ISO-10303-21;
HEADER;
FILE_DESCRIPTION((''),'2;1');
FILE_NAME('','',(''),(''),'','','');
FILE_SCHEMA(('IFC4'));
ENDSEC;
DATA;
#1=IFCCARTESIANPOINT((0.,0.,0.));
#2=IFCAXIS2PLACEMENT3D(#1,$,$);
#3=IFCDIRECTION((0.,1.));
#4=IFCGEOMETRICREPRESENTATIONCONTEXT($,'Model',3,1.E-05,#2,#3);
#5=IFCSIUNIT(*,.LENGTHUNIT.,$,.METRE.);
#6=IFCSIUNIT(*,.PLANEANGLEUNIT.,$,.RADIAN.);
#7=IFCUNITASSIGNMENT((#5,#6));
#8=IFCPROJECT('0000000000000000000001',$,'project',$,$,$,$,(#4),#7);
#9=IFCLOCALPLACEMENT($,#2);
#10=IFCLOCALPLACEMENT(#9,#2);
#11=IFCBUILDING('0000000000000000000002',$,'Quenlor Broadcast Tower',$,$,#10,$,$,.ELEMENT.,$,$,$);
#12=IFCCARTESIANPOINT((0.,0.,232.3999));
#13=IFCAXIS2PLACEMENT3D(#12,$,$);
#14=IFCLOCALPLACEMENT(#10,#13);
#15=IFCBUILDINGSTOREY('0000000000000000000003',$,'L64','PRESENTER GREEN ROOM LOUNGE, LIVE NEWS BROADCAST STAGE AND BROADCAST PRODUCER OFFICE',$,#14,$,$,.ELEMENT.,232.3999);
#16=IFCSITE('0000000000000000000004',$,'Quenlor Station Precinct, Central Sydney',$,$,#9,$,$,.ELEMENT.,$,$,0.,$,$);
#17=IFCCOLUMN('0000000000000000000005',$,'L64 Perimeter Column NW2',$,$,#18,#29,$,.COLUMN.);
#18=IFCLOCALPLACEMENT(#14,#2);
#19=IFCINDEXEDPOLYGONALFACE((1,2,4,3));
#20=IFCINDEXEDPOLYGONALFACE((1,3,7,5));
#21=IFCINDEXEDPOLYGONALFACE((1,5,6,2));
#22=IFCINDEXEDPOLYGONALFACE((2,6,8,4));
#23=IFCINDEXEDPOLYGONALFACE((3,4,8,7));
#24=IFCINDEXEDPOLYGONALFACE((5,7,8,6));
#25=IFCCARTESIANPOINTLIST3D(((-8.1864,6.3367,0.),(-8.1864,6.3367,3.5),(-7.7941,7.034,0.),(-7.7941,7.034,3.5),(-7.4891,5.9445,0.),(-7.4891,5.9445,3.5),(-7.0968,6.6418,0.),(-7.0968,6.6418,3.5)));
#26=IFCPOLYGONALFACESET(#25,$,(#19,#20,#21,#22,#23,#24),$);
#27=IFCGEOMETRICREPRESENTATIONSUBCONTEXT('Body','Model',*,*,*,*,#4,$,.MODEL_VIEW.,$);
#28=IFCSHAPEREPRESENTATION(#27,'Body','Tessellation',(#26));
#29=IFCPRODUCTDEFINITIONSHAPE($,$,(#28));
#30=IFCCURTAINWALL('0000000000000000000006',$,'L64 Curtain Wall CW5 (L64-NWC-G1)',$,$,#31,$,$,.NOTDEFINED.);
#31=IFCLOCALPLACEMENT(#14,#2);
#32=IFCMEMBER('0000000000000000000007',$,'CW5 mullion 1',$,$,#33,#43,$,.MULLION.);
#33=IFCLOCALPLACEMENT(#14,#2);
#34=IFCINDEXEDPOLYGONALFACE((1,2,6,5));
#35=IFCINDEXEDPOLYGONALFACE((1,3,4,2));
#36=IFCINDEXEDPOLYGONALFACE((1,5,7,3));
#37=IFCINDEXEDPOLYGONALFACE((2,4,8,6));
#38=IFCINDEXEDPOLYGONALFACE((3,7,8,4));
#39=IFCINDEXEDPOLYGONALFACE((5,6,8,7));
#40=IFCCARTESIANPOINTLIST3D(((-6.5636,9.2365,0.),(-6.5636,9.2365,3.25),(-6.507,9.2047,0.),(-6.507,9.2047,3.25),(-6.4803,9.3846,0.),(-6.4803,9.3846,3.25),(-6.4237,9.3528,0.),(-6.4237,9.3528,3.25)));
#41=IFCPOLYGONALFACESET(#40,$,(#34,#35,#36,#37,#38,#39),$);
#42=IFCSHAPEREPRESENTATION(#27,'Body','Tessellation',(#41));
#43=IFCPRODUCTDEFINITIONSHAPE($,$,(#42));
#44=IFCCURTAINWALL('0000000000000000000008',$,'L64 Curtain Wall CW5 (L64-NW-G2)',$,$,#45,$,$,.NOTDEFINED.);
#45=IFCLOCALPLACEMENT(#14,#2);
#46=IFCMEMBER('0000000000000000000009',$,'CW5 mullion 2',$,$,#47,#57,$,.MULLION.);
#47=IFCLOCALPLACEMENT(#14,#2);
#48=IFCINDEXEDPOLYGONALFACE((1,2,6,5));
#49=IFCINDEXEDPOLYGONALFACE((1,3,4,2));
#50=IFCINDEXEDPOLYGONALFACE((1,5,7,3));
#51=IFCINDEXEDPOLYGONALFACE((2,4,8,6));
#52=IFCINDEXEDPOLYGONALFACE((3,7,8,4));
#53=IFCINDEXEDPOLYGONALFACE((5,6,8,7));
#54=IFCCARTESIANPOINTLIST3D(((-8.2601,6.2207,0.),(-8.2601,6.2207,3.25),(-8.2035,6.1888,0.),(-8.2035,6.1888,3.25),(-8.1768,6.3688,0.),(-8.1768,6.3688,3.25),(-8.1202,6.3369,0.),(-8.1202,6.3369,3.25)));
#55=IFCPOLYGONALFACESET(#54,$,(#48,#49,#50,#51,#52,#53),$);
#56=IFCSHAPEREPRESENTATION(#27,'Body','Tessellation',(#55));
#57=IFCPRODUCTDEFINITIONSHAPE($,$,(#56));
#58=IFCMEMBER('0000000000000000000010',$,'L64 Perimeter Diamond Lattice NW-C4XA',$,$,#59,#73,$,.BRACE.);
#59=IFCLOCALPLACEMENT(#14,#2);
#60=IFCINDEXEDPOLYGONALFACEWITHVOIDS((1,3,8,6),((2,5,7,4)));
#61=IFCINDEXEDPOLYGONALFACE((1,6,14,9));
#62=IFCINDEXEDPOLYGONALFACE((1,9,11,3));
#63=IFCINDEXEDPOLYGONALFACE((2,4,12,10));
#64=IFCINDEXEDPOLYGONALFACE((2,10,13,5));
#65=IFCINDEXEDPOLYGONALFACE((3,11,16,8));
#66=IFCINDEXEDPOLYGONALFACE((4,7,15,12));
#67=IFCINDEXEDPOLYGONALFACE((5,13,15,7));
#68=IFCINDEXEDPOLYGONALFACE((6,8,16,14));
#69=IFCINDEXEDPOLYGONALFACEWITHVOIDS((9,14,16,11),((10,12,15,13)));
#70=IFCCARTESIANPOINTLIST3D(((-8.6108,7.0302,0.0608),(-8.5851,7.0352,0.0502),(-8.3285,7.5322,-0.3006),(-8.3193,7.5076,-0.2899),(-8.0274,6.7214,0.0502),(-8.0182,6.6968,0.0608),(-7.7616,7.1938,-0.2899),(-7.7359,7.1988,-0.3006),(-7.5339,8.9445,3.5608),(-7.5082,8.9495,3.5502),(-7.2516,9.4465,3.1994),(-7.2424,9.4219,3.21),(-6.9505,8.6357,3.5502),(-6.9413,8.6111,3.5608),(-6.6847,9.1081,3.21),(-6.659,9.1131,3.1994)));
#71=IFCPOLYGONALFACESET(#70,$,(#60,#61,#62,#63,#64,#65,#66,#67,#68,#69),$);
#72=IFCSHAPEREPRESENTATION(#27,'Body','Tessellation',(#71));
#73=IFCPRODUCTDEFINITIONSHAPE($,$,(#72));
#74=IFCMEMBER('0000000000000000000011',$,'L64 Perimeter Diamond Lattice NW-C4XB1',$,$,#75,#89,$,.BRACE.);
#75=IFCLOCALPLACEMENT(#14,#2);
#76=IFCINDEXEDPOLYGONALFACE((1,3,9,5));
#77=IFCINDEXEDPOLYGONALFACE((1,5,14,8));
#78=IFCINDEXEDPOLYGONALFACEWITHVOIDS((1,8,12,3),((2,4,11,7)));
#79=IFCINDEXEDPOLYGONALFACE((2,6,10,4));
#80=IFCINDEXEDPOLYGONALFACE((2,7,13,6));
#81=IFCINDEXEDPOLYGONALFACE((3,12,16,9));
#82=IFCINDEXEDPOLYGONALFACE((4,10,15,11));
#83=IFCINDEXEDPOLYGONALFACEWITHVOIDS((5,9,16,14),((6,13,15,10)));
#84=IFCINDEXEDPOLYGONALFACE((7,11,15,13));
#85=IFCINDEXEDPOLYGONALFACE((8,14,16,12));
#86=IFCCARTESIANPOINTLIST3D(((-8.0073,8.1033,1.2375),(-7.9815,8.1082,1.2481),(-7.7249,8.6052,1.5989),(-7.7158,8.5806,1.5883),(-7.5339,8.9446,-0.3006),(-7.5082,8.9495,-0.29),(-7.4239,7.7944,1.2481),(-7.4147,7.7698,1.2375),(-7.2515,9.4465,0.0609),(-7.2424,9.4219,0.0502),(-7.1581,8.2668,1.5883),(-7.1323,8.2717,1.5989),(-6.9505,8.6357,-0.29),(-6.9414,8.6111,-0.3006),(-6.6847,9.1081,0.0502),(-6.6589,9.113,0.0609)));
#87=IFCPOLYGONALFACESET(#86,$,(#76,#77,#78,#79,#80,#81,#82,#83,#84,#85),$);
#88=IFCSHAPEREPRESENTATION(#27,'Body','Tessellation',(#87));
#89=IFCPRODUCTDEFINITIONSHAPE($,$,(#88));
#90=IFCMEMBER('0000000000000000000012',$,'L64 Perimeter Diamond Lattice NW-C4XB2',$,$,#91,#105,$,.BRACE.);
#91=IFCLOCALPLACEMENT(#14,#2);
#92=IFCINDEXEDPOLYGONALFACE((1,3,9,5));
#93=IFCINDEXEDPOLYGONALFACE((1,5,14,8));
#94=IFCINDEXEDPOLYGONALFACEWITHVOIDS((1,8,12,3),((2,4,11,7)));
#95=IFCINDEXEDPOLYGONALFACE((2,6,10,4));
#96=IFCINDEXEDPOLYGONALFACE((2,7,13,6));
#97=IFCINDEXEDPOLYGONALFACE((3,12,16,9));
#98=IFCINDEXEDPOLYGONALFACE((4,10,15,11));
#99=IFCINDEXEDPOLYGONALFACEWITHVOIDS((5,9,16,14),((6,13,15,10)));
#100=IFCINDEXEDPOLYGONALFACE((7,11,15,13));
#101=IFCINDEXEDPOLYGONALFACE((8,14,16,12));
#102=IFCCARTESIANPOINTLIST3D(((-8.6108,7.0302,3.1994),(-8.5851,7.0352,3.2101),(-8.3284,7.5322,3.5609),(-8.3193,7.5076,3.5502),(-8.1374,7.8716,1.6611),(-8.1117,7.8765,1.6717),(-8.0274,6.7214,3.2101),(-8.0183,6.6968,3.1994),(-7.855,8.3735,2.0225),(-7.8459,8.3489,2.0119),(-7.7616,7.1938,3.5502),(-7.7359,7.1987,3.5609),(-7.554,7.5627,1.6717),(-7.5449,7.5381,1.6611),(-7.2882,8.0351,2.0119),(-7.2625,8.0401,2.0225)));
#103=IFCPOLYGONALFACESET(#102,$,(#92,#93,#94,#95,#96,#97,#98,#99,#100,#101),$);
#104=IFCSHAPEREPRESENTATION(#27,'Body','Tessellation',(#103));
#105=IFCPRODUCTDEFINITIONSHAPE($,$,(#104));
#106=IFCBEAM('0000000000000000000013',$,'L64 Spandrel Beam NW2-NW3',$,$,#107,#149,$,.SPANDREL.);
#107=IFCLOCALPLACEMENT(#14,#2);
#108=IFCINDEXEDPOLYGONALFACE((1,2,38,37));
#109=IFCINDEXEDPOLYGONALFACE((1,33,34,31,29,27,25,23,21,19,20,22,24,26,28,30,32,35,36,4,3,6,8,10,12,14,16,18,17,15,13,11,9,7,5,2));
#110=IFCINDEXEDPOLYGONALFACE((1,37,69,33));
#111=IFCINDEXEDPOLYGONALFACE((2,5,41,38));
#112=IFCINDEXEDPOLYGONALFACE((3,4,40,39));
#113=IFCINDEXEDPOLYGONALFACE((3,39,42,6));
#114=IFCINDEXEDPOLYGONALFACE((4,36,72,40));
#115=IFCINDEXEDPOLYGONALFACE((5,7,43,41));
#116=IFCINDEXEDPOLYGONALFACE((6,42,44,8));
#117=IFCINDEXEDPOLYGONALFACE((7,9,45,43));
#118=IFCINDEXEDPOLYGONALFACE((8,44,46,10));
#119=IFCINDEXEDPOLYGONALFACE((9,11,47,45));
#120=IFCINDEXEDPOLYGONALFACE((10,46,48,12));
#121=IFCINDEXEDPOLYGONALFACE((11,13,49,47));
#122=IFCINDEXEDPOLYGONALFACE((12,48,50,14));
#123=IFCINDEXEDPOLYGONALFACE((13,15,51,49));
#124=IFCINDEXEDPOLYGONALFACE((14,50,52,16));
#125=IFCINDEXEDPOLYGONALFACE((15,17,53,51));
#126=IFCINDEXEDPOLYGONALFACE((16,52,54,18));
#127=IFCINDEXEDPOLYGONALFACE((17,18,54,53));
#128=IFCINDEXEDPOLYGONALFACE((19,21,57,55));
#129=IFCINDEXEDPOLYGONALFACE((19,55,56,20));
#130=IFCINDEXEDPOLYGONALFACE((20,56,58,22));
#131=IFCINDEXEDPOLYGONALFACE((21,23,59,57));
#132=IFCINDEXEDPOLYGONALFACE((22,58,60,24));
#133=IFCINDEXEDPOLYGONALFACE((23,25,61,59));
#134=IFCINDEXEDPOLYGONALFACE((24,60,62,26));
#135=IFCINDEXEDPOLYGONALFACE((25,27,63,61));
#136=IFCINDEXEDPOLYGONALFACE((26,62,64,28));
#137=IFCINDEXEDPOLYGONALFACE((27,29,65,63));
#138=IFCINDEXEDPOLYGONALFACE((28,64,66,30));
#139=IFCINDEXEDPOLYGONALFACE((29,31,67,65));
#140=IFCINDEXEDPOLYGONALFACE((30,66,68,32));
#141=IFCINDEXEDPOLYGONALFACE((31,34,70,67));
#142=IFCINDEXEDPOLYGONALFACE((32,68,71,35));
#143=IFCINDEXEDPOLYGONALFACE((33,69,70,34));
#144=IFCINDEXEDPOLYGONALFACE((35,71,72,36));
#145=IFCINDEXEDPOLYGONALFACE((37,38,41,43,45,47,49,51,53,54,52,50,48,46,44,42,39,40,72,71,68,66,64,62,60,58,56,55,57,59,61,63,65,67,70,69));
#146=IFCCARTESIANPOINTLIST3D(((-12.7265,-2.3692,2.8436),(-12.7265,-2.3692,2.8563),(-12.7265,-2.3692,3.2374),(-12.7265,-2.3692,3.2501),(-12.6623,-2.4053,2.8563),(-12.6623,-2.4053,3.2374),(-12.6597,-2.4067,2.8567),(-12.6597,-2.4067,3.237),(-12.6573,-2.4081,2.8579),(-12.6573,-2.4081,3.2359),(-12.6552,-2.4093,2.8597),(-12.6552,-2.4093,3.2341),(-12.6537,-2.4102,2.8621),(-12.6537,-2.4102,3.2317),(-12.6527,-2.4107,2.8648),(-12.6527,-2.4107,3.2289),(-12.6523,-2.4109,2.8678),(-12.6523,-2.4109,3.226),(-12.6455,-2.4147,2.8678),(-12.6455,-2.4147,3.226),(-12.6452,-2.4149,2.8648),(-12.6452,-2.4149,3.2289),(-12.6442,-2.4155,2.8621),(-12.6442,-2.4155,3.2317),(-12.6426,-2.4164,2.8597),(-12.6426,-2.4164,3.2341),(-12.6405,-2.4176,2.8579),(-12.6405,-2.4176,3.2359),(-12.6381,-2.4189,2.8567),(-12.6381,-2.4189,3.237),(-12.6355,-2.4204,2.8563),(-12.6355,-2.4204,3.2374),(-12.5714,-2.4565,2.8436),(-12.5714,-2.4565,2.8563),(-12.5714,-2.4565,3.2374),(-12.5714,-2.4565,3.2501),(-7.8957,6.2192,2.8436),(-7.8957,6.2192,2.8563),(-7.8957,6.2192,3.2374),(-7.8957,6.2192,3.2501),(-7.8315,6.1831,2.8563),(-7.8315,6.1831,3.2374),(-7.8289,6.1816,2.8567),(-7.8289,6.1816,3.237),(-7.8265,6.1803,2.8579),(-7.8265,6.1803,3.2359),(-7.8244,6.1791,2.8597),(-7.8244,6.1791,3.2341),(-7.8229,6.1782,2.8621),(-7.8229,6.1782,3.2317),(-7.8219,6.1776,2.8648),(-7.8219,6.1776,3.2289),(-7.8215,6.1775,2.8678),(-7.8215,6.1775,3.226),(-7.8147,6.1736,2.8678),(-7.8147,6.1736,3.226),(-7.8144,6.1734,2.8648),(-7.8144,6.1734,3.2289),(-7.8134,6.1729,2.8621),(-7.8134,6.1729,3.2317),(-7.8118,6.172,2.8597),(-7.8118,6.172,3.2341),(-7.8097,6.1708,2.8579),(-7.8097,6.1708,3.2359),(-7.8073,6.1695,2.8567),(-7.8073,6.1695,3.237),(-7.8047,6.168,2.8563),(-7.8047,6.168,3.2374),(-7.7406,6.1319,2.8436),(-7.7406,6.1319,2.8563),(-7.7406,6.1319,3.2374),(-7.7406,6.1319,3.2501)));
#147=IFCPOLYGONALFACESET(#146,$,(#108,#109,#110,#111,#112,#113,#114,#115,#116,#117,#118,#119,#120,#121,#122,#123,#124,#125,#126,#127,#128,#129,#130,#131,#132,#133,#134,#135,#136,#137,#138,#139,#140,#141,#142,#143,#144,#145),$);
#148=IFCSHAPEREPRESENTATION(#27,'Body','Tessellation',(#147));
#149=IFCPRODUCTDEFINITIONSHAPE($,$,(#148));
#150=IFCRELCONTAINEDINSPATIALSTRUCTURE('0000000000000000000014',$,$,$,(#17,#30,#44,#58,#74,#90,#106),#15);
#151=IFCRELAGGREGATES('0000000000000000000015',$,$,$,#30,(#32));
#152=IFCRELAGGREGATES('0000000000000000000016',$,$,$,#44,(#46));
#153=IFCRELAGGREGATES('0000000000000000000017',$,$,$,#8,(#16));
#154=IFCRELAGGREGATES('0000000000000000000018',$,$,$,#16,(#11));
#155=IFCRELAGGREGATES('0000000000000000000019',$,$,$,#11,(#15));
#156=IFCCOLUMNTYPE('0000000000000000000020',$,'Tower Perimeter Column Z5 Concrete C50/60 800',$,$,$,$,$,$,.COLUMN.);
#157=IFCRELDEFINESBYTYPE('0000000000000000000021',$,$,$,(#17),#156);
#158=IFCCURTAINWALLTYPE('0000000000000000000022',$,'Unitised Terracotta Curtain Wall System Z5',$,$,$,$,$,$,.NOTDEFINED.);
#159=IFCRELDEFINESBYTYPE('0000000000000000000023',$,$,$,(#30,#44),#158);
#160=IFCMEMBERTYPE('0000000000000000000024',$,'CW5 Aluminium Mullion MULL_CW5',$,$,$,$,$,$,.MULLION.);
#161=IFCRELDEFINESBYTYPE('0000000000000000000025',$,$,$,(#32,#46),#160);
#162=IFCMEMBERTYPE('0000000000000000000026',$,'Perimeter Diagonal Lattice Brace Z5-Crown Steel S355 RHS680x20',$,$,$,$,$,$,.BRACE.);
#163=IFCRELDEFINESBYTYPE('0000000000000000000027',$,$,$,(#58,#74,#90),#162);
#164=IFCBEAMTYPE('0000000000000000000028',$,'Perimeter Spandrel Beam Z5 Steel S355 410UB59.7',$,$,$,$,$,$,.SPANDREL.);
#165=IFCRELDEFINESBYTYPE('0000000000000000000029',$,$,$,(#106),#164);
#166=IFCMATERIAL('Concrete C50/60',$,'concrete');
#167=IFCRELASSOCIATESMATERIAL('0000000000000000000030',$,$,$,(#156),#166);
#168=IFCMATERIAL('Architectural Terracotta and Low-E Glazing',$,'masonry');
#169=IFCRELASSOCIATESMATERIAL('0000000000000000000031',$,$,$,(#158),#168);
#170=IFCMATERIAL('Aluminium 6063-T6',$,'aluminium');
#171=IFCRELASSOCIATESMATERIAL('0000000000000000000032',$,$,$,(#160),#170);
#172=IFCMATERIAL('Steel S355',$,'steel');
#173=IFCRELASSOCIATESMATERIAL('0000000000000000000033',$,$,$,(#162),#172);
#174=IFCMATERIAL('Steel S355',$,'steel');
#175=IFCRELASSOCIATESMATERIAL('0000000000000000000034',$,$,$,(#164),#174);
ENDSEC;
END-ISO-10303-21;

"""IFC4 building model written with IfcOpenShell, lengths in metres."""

from ifc_helpers import new_model, si_unit, direction, frame, origin, origin_2d, place, context, subcontext, project, spatial, rectangle, hollow_rectangle, i_section, extrude, material, material_profile, profile_set, type_object, element, aggregate, save


model = new_model("IFC4")

# Units and contexts
model_context = context("Model", 3, precision=1e-05, world=origin(), true_north=direction((0.0, 1.0)))
body_context = subcontext(model_context, "Body", "Model", "MODEL_VIEW")
ifc_project = project(units=[si_unit("LENGTHUNIT", "METRE"), si_unit("PLANEANGLEUNIT", "RADIAN")], contexts=[model_context])

# Site, building, storey
site_placement = place(None, origin())
site = spatial("IfcSite", under=ifc_project, at=site_placement, Name="Quenlor Station Precinct, Central Sydney", CompositionType="ELEMENT", RefElevation=0.0)
building_placement = place(site_placement, origin())
building = spatial("IfcBuilding", under=site, at=building_placement, Name="Quenlor Broadcast Tower", CompositionType="ELEMENT")
storey_placement = place(building_placement, frame((0.0, 0.0, 232.3999)))
storey = spatial("IfcBuildingStorey", under=building, at=storey_placement, Name="L64", Description="PRESENTER GREEN ROOM LOUNGE, LIVE NEWS BROADCAST STAGE AND BROADCAST PRODUCER OFFICE", CompositionType="ELEMENT", Elevation=232.3999)

# Column
ifc_material_1 = material(Name="Concrete C50/60", Category="concrete")
ifc_material_profile_1 = material_profile(ifc_material_1, rectangle(XDim=0.8, YDim=0.8, at=origin_2d()))
ifc_profile_set_1 = profile_set([ifc_material_profile_1], Name="Concrete C50/60 RC800x800")
column_type = type_object("IfcColumnType", Name="Tower Perimeter Column Z5 Concrete C50/60 800", PredefinedType="COLUMN", material=ifc_profile_set_1)
column_placement = place(storey_placement, frame((-7.6416, 6.4893, 0.0), z_axis=(0.0, 0.0, 1.0), x_axis=(-0.871575, 0.490262, 0.0)))
element("IfcColumn", 1, at=column_placement, inside=storey, type_object=column_type, Name="L64 Perimeter Column NW2", PredefinedType="COLUMN", context=body_context, shape_type="SweptSolid", body=[
    extrude(rectangle(XDim=0.8, YDim=0.8, at=origin_2d()), origin(), (0.0, 0.0, 1.0), 3.5),
])

# Curtain walls, members
ifc_material_2 = material(Name="Architectural Terracotta and Low-E Glazing", Category="masonry")
curtain_wall_type = type_object("IfcCurtainWallType", Name="Unitised Terracotta Curtain Wall System Z5", PredefinedType="NOTDEFINED", material=ifc_material_2)
curtain_wall_1_placement = place(storey_placement, origin())
curtain_wall_1 = element("IfcCurtainWall", 2, at=curtain_wall_1_placement, inside=storey, type_object=curtain_wall_type, Name="L64 Curtain Wall CW5 (L64-NWC-G1)", PredefinedType="NOTDEFINED")
ifc_material_3 = material(Name="Aluminium 6063-T6", Category="aluminium")
ifc_material_profile_2 = material_profile(ifc_material_3, rectangle(XDim=0.0649, YDim=0.1699, at=origin_2d()))
ifc_profile_set_2 = profile_set([ifc_material_profile_2], Name="Aluminium 6063-T6 MULL65x170")
member_type_1 = type_object("IfcMemberType", Name="CW5 Aluminium Mullion MULL_CW5", PredefinedType="MULLION", material=ifc_profile_set_2)
member_1_placement = place(storey_placement, frame((-6.4937, 9.2947, 0.0), z_axis=(0.0, 0.0, 1.0), x_axis=(-0.871582, 0.49025, 0.0)))
member_1 = element("IfcMember", 3, at=member_1_placement, type_object=member_type_1, Name="CW5 mullion 1", PredefinedType="MULLION", context=body_context, shape_type="SweptSolid", body=[
    extrude(rectangle(XDim=0.0649, YDim=0.1699, at=origin_2d()), origin(), (0.0, 0.0, 1.0), 3.25),
])
aggregate(curtain_wall_1, [member_1])
curtain_wall_2_placement = place(storey_placement, origin())
curtain_wall_2 = element("IfcCurtainWall", 4, at=curtain_wall_2_placement, inside=storey, type_object=curtain_wall_type, Name="L64 Curtain Wall CW5 (L64-NW-G2)", PredefinedType="NOTDEFINED")
member_2_placement = place(storey_placement, frame((-8.1902, 6.2788, 0.0), z_axis=(0.0, 0.0, 1.0), x_axis=(-0.871575, 0.490263, 0.0)))
member_2 = element("IfcMember", 5, at=member_2_placement, type_object=member_type_1, Name="CW5 mullion 2", PredefinedType="MULLION", context=body_context, shape_type="SweptSolid", body=[
    extrude(rectangle(XDim=0.0649, YDim=0.1699, at=origin_2d()), origin(), (0.0, 0.0, 1.0), 3.25),
])

# Members
ifc_material_4 = material(Name="Steel S355", Category="steel")
ifc_material_profile_3 = material_profile(ifc_material_4, hollow_rectangle(XDim=0.6799, YDim=0.6799, WallThickness=0.02, at=origin_2d()))
ifc_profile_set_3 = profile_set([ifc_material_profile_3], Name="Steel S355 RHS680x680x20")
member_type_2 = type_object("IfcMemberType", Name="Perimeter Diagonal Lattice Brace Z5-Crown Steel S355 RHS680x20", PredefinedType="BRACE", material=ifc_profile_set_3)
member_3_placement = place(storey_placement, frame((-8.1733, 7.1145, -0.1199), z_axis=(0.260619, 0.463276, 0.847026), x_axis=(-0.871555, 0.490298, 0.0)))
element("IfcMember", 6, at=member_3_placement, inside=storey, type_object=member_type_2, Name="L64 Perimeter Diamond Lattice NW-C4XA", PredefinedType="BRACE", context=body_context, shape_type="SweptSolid", body=[
    extrude(hollow_rectangle(XDim=0.6799, YDim=0.6799, WallThickness=0.02, at=origin_2d()), origin(), (0.0, 0.0, 1.0), 4.1321),
])
member_4_placement = place(storey_placement, frame((-7.0964, 9.0288, -0.1199), z_axis=(-0.260686, -0.463293, 0.846996), x_axis=(0.871508, -0.490381, 0.0)))
element("IfcMember", 7, at=member_4_placement, inside=storey, type_object=member_type_2, Name="L64 Perimeter Diamond Lattice NW-C4XB1", PredefinedType="BRACE", context=body_context, shape_type="SweptSolid", body=[
    extrude(hollow_rectangle(XDim=0.6799, YDim=0.6799, WallThickness=0.02, at=origin_2d()), origin(), (0.0, 0.0, 1.0), 1.8159),
])
member_5_placement = place(storey_placement, frame((-7.7, 7.9558, 1.8418), z_axis=(-0.260657, -0.463241, 0.847034), x_axis=(0.871508, -0.490381, 0.0)))
element("IfcMember", 8, at=member_5_placement, inside=storey, type_object=member_type_2, Name="L64 Perimeter Diamond Lattice NW-C4XB2", PredefinedType="BRACE", context=body_context, shape_type="SweptSolid", body=[
    extrude(hollow_rectangle(XDim=0.6799, YDim=0.6799, WallThickness=0.02, at=origin_2d()), origin(), (0.0, 0.0, 1.0), 1.8162),
])

# Beam
ifc_material_5 = material(Name="Steel S355", Category="steel")
ifc_material_profile_4 = material_profile(ifc_material_5, i_section(OverallWidth=0.178, OverallDepth=0.4065, WebThickness=0.0078, FlangeThickness=0.0127, FilletRadius=0.0115, at=origin_2d()))
ifc_profile_set_4 = profile_set([ifc_material_profile_4], Name="Steel S355 410UB59.7")
beam_type_1 = type_object("IfcBeamType", Name="Perimeter Spandrel Beam Z5 Steel S355 410UB59.7", PredefinedType="SPANDREL", material=ifc_profile_set_4)
beam_1_placement = place(storey_placement, frame((-7.8181, 6.1755, 3.0469), z_axis=(-0.490249, -0.871582, 0.0), x_axis=(0.871582, -0.490249, 0.0)))
element("IfcBeam", 9, at=beam_1_placement, inside=storey, type_object=beam_type_1, Name="L64 Spandrel Beam NW2-NW3", PredefinedType="SPANDREL", context=body_context, shape_type="SweptSolid", body=[
    extrude(i_section(OverallWidth=0.178, OverallDepth=0.4065, WebThickness=0.0078, FlangeThickness=0.0127, FilletRadius=0.0115, at=origin_2d()), origin(), (0.0, 0.0, 1.0), 9.8538),
])

aggregate(curtain_wall_2, [member_2])

save(model, "model.ifc")
